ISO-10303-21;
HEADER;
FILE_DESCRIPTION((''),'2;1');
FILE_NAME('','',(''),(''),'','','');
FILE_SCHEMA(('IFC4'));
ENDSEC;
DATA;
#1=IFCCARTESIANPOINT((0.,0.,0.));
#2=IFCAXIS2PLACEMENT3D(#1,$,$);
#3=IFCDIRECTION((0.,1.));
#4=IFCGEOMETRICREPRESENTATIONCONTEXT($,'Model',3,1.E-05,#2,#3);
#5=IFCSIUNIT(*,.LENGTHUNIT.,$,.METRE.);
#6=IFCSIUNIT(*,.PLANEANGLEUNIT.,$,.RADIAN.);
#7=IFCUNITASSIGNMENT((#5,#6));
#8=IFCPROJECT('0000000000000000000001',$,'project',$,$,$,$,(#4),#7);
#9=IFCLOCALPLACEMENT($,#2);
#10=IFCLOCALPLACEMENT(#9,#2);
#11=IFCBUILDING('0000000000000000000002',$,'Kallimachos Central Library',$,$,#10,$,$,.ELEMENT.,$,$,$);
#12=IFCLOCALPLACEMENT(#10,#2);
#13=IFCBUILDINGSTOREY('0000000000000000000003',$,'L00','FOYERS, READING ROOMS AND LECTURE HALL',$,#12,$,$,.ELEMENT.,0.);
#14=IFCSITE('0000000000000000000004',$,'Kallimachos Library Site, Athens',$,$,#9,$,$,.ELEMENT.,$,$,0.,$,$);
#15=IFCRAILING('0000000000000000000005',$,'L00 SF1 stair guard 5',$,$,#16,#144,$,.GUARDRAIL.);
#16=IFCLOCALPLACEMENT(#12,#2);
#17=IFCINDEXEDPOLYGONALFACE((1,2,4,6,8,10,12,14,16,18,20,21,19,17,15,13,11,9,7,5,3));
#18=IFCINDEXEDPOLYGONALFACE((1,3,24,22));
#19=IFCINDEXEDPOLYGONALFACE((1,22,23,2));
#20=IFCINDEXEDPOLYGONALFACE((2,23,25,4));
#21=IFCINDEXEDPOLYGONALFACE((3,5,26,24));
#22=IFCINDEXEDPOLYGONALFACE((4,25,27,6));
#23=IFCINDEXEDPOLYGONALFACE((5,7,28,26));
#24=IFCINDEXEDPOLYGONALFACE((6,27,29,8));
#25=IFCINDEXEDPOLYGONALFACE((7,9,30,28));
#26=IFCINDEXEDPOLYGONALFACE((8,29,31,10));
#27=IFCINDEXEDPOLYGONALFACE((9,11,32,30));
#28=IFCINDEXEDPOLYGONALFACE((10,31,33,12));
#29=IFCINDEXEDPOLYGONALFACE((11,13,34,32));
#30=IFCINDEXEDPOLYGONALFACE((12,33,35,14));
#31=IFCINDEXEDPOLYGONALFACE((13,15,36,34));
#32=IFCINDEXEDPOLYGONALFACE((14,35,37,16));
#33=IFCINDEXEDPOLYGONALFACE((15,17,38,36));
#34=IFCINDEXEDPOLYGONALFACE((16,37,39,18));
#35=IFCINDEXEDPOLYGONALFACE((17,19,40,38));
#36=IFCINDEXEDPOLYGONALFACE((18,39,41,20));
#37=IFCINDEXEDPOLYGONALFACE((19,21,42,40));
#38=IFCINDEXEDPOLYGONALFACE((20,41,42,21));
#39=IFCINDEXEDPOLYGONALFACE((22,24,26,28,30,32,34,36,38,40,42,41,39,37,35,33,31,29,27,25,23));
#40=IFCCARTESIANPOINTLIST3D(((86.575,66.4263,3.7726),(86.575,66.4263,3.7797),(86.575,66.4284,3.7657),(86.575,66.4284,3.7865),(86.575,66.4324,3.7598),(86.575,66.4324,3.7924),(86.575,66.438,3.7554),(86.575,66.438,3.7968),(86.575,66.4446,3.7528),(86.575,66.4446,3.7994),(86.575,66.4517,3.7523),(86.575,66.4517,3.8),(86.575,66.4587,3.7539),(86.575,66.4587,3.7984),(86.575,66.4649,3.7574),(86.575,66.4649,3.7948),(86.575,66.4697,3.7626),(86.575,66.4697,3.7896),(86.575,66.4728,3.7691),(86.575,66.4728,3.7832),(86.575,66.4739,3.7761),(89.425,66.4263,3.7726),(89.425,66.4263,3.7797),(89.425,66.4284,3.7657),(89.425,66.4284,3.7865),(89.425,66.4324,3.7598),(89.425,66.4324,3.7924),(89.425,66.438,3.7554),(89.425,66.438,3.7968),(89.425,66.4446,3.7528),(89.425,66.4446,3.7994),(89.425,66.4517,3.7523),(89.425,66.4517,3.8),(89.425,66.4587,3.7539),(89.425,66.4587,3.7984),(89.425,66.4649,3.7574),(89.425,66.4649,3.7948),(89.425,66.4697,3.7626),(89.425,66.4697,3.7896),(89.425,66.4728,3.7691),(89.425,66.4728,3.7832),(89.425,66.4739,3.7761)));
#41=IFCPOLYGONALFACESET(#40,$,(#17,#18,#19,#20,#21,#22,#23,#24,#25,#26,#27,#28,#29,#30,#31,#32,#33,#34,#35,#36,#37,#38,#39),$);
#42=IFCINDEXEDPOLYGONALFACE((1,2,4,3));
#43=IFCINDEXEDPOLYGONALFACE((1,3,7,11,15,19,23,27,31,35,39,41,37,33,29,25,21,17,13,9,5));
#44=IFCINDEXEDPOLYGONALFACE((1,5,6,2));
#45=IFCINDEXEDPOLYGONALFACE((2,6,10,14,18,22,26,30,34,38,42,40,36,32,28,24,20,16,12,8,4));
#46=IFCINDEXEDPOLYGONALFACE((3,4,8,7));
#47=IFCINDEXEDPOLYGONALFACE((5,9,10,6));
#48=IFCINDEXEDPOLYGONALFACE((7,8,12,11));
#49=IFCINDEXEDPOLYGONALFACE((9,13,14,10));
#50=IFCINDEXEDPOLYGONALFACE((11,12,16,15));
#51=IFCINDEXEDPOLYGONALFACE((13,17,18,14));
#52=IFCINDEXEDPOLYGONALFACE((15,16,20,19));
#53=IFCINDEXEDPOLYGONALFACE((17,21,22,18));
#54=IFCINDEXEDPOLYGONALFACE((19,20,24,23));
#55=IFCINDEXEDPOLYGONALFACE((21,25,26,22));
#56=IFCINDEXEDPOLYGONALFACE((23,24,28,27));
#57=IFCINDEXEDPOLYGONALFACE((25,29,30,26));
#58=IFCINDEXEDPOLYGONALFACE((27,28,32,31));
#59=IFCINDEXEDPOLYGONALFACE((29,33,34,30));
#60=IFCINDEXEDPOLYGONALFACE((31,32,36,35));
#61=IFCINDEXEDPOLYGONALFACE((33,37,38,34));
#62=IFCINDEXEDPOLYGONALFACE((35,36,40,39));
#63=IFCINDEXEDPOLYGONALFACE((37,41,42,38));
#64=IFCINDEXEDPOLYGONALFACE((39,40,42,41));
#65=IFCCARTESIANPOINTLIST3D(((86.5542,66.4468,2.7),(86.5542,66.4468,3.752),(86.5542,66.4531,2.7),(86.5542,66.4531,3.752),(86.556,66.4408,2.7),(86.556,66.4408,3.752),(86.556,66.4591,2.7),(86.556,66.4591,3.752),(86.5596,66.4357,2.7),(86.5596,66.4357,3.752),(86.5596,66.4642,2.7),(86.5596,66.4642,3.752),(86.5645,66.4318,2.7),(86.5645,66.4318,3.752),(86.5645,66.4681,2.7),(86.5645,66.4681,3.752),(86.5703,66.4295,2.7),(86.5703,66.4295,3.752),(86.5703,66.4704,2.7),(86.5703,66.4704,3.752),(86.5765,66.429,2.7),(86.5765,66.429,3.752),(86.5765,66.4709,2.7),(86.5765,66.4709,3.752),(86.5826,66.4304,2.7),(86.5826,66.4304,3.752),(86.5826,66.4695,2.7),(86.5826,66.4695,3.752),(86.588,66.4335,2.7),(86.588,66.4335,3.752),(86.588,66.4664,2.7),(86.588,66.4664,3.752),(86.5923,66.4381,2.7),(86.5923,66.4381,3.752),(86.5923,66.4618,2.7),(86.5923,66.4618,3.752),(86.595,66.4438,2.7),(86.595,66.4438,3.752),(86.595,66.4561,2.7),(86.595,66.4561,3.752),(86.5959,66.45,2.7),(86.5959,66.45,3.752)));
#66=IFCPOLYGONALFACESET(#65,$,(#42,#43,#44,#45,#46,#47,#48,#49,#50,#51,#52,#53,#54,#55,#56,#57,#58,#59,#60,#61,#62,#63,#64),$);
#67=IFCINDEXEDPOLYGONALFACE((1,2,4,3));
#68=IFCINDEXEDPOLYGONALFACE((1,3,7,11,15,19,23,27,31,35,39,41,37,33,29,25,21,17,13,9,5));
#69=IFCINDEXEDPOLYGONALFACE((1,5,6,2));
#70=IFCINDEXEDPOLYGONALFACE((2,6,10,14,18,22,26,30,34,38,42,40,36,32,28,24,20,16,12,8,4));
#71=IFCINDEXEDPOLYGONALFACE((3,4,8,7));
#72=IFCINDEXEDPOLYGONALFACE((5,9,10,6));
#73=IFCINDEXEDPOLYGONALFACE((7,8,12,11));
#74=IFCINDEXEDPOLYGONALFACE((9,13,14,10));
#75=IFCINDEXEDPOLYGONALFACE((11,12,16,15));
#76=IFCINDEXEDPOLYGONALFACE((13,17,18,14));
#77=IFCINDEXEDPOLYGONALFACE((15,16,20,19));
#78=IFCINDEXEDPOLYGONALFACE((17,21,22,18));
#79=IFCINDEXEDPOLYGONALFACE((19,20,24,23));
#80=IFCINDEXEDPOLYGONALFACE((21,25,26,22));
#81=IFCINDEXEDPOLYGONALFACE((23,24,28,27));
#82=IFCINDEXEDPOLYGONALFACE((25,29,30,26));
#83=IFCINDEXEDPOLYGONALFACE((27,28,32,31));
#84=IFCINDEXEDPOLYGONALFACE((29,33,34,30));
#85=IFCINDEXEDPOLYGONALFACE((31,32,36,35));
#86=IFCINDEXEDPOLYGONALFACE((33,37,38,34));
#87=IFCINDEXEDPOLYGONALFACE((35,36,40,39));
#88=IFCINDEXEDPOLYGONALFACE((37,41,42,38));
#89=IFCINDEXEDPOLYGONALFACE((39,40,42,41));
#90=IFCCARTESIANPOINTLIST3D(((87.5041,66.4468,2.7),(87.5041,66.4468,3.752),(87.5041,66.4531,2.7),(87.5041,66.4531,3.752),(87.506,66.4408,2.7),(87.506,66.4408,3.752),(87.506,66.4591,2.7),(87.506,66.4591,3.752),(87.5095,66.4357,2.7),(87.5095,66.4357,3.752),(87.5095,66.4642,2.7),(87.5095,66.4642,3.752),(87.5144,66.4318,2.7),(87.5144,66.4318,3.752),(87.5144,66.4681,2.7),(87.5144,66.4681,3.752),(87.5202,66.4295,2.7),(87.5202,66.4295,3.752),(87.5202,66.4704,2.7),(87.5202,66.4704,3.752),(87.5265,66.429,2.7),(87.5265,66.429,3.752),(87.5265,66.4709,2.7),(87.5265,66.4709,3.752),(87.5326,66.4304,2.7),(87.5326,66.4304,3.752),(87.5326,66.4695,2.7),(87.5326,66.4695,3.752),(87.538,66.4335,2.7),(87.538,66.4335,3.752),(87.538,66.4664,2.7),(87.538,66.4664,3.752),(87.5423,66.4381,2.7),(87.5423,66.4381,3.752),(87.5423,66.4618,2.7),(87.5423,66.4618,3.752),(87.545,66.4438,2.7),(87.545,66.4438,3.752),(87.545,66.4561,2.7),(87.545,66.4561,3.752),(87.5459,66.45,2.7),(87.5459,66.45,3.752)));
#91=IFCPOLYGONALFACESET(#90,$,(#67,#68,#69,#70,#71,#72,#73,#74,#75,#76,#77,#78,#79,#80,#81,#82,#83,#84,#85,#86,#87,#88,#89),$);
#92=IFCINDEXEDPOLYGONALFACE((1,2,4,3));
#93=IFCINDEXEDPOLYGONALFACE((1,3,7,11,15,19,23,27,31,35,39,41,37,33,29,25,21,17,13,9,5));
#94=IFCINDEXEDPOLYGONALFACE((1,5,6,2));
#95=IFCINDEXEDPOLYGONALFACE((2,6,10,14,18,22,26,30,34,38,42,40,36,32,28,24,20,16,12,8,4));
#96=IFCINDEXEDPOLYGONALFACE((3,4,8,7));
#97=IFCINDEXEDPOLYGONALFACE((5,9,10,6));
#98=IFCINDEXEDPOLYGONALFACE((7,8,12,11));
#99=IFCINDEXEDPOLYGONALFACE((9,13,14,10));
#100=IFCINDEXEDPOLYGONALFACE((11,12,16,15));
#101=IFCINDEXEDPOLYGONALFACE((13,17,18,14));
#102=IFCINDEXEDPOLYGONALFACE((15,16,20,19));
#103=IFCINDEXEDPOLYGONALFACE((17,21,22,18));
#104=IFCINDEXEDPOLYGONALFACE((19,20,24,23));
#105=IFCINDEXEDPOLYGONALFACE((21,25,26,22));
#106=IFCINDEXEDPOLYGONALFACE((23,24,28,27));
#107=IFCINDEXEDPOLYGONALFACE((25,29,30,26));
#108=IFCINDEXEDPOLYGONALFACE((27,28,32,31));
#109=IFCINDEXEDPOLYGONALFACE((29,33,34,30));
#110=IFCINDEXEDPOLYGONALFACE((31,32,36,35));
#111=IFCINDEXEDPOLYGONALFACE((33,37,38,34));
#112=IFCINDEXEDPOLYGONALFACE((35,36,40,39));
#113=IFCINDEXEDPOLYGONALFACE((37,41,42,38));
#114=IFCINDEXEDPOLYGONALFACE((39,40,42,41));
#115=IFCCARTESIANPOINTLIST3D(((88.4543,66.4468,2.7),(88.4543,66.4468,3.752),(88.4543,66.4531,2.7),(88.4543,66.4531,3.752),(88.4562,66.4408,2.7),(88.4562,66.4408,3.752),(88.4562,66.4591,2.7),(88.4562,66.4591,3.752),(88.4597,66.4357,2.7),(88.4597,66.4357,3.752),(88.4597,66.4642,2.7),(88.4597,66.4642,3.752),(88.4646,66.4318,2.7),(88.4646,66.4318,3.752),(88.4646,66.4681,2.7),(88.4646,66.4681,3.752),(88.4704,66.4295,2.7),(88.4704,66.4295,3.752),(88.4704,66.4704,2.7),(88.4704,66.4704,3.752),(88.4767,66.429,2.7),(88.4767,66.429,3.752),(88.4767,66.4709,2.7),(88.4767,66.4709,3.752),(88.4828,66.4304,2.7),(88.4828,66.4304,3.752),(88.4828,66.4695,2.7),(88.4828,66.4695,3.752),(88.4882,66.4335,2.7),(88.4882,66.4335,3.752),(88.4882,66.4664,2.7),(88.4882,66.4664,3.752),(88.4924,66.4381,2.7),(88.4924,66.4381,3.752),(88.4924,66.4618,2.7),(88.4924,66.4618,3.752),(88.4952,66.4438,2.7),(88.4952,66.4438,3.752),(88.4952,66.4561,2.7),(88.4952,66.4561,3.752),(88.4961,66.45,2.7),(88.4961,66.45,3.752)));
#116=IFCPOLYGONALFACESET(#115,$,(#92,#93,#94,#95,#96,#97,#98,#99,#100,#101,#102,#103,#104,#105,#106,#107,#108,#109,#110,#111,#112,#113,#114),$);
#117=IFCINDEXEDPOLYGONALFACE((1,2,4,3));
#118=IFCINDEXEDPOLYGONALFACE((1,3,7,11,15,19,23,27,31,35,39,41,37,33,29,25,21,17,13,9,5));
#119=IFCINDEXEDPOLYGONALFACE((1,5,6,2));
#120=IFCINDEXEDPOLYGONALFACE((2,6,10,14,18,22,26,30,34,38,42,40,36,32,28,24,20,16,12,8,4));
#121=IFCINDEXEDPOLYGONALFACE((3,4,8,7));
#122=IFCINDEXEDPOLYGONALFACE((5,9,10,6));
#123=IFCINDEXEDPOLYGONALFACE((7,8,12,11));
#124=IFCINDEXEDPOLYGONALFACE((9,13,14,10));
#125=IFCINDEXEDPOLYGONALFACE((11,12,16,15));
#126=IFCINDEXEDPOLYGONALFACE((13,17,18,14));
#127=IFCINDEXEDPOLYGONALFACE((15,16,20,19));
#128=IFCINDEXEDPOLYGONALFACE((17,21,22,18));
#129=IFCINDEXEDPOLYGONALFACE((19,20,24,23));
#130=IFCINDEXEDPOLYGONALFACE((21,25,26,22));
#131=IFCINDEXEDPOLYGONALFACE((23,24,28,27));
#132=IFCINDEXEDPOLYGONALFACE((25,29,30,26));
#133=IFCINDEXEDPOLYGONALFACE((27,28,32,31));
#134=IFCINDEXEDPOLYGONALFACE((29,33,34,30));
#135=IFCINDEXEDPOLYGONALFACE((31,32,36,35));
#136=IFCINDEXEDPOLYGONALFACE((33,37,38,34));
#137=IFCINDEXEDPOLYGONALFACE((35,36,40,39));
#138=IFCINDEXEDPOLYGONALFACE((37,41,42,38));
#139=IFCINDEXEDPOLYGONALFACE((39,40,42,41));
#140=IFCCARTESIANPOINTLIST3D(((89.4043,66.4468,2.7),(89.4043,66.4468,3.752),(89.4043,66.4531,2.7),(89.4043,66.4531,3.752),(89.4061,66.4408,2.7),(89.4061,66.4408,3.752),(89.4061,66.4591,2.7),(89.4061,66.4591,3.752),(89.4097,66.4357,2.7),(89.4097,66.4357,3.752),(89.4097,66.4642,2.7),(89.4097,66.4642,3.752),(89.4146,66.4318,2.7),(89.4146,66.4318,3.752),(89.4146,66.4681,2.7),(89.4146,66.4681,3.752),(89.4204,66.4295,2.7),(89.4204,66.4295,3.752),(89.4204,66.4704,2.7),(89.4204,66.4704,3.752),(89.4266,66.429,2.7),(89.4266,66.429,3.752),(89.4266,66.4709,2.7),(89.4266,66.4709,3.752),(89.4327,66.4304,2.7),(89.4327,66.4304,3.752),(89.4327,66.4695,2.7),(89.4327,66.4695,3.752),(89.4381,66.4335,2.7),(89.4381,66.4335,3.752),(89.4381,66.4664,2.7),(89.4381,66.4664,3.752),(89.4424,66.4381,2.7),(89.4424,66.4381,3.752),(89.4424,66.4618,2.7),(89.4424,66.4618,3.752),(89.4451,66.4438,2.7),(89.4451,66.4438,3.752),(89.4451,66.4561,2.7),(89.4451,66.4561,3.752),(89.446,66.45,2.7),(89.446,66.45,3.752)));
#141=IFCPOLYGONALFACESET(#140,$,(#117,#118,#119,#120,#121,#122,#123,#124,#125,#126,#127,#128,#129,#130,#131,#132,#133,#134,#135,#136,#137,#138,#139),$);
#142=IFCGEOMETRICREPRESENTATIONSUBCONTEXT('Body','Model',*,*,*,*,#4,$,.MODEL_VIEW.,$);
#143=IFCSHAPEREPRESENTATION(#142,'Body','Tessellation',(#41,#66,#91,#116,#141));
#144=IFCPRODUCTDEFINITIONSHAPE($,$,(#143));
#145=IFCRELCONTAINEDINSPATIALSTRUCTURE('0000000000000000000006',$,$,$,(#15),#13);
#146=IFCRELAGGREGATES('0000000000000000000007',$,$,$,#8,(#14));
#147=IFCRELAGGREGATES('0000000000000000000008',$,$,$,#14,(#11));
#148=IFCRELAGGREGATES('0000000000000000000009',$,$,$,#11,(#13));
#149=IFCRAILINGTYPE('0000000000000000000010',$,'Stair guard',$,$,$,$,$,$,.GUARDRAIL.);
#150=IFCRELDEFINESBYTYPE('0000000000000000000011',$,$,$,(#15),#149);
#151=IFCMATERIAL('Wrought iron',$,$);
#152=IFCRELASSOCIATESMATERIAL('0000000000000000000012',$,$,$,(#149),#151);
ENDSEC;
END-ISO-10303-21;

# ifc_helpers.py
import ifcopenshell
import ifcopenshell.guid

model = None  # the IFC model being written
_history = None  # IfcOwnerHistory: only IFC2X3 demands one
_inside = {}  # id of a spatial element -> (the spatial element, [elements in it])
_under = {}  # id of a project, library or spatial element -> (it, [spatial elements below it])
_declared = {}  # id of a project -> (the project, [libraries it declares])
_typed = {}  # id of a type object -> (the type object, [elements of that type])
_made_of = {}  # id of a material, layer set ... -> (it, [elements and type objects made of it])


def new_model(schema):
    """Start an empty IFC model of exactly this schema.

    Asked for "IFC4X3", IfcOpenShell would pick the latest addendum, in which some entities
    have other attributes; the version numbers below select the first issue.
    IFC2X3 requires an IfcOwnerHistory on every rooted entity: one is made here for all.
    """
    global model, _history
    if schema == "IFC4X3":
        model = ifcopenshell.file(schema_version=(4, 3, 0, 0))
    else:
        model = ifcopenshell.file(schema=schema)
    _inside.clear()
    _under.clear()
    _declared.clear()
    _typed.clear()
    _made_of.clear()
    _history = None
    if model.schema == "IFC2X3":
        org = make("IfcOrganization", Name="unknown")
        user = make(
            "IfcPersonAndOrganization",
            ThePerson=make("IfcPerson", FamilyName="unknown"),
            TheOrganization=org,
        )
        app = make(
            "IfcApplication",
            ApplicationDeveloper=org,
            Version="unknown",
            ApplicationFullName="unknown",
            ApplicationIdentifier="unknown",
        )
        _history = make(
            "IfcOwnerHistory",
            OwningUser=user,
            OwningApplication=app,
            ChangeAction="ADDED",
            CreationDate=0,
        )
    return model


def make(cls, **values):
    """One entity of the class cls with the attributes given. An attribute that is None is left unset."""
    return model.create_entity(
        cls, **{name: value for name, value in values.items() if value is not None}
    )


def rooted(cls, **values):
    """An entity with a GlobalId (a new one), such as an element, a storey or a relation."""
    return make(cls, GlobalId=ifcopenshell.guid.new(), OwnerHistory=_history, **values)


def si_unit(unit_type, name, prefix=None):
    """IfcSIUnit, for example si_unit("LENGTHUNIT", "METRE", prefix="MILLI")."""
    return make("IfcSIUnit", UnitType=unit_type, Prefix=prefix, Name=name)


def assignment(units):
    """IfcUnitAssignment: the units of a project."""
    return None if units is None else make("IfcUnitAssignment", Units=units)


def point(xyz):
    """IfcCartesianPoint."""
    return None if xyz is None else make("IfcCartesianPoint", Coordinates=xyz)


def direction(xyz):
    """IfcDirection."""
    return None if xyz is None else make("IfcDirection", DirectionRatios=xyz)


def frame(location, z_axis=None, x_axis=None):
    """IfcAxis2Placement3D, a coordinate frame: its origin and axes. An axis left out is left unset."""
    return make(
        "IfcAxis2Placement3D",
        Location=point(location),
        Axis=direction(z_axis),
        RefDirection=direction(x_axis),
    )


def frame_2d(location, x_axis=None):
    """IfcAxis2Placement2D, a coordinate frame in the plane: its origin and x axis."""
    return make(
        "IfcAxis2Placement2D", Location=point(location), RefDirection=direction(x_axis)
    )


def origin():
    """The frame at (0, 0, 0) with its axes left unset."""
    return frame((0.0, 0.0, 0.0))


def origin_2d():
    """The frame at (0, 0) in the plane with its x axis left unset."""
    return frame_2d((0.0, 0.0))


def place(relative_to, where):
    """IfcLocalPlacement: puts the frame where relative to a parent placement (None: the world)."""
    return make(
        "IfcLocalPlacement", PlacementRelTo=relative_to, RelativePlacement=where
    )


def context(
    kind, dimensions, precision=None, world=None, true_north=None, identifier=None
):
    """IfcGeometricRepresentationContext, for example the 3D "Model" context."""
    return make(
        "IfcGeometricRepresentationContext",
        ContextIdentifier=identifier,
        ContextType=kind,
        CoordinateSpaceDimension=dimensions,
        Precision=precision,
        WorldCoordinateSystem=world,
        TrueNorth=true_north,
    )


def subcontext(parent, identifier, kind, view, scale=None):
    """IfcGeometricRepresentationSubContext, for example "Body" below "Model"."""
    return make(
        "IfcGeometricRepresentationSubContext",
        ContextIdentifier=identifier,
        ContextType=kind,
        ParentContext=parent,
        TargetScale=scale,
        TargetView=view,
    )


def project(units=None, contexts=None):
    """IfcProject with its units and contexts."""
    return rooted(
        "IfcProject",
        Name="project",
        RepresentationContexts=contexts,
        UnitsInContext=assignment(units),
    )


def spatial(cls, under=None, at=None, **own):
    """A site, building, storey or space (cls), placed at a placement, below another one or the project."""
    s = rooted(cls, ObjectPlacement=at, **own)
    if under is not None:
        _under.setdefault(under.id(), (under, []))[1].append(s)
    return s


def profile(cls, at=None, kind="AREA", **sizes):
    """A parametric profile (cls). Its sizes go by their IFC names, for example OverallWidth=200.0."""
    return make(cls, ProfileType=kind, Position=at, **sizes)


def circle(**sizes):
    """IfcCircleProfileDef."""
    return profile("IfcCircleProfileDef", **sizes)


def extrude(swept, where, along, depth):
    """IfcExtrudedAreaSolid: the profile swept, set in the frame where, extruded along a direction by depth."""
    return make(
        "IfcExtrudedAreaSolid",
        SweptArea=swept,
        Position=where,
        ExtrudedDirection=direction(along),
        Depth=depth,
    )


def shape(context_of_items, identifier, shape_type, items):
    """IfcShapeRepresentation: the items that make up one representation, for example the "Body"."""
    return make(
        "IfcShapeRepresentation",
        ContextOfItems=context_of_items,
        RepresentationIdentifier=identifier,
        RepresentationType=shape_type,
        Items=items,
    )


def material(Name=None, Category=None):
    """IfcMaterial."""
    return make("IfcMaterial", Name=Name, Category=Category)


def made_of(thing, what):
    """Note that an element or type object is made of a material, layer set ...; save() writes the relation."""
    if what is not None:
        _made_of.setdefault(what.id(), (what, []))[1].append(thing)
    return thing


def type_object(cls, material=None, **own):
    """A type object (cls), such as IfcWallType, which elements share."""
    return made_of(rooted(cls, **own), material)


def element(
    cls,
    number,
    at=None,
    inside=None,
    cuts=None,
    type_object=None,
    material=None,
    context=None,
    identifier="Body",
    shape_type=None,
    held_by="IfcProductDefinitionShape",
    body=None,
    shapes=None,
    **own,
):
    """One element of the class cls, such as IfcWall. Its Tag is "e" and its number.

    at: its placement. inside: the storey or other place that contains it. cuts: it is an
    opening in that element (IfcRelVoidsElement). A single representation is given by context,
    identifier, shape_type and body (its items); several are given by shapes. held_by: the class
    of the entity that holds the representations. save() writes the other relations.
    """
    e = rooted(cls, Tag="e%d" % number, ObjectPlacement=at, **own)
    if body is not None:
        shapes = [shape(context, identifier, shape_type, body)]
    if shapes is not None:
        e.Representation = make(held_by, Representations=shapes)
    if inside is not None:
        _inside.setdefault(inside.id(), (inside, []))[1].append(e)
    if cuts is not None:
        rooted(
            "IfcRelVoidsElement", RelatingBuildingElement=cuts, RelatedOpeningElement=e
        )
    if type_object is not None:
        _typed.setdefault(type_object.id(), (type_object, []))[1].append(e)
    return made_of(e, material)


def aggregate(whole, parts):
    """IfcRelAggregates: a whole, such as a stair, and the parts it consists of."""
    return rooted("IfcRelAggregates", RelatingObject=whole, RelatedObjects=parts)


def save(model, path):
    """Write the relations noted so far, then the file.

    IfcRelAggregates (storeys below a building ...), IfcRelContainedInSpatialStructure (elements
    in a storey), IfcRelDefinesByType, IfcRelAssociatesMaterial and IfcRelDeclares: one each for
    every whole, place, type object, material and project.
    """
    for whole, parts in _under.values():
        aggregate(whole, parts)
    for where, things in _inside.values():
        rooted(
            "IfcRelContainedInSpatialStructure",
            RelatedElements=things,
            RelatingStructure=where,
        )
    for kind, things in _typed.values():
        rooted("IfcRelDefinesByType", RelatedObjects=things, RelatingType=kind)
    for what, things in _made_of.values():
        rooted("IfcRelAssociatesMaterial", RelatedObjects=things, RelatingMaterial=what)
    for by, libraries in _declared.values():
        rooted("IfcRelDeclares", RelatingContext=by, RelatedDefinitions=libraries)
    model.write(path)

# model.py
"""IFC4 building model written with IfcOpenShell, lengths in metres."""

from ifc_helpers import new_model, si_unit, direction, frame, origin, origin_2d, place, context, subcontext, project, spatial, circle, extrude, material, type_object, element, save


model = new_model("IFC4")

# Units and contexts
model_context = context("Model", 3, precision=1e-05, world=origin(), true_north=direction((0.0, 1.0)))
body_context = subcontext(model_context, "Body", "Model", "MODEL_VIEW")
ifc_project = project(units=[si_unit("LENGTHUNIT", "METRE"), si_unit("PLANEANGLEUNIT", "RADIAN")], contexts=[model_context])

# Site, building, storey
site_placement = place(None, origin())
site = spatial("IfcSite", under=ifc_project, at=site_placement, Name="Kallimachos Library Site, Athens", CompositionType="ELEMENT", RefElevation=0.0)
building_placement = place(site_placement, origin())
building = spatial("IfcBuilding", under=site, at=building_placement, Name="Kallimachos Central Library", CompositionType="ELEMENT")
storey_placement = place(building_placement, origin())
storey = spatial("IfcBuildingStorey", under=building, at=storey_placement, Name="L00", Description="FOYERS, READING ROOMS AND LECTURE HALL", CompositionType="ELEMENT", Elevation=0.0)

# Railing
ifc_material_1 = material(Name="Wrought iron")
railing_type_1 = type_object("IfcRailingType", Name="Stair guard", PredefinedType="GUARDRAIL", material=ifc_material_1)
railing_1_placement = place(storey_placement, frame((86.575, 66.45, 2.7)))
element("IfcRailing", 1, at=railing_1_placement, inside=storey, type_object=railing_type_1, Name="L00 SF1 stair guard 5", PredefinedType="GUARDRAIL", context=body_context, shape_type="SweptSolid", body=[
    extrude(circle(Radius=0.0239, at=origin_2d()), frame((0.0, 0.0, 1.0762), z_axis=(1.0, 0.0, 0.0), x_axis=(0.0, 1.0, 0.0)), (0.0, 0.0, 1.0), 2.8501),
    extrude(circle(Radius=0.021, at=origin_2d()), origin(), (0.0, 0.0, 1.0), 1.052),
    extrude(circle(Radius=0.021, at=origin_2d()), frame((0.95, 0.0, 0.0)), (0.0, 0.0, 1.0), 1.052),
    extrude(circle(Radius=0.021, at=origin_2d()), frame((1.9001, 0.0, 0.0)), (0.0, 0.0, 1.0), 1.052),
    extrude(circle(Radius=0.021, at=origin_2d()), frame((2.8501, 0.0, 0.0)), (0.0, 0.0, 1.0), 1.052),
])

save(model, "model.ifc")
